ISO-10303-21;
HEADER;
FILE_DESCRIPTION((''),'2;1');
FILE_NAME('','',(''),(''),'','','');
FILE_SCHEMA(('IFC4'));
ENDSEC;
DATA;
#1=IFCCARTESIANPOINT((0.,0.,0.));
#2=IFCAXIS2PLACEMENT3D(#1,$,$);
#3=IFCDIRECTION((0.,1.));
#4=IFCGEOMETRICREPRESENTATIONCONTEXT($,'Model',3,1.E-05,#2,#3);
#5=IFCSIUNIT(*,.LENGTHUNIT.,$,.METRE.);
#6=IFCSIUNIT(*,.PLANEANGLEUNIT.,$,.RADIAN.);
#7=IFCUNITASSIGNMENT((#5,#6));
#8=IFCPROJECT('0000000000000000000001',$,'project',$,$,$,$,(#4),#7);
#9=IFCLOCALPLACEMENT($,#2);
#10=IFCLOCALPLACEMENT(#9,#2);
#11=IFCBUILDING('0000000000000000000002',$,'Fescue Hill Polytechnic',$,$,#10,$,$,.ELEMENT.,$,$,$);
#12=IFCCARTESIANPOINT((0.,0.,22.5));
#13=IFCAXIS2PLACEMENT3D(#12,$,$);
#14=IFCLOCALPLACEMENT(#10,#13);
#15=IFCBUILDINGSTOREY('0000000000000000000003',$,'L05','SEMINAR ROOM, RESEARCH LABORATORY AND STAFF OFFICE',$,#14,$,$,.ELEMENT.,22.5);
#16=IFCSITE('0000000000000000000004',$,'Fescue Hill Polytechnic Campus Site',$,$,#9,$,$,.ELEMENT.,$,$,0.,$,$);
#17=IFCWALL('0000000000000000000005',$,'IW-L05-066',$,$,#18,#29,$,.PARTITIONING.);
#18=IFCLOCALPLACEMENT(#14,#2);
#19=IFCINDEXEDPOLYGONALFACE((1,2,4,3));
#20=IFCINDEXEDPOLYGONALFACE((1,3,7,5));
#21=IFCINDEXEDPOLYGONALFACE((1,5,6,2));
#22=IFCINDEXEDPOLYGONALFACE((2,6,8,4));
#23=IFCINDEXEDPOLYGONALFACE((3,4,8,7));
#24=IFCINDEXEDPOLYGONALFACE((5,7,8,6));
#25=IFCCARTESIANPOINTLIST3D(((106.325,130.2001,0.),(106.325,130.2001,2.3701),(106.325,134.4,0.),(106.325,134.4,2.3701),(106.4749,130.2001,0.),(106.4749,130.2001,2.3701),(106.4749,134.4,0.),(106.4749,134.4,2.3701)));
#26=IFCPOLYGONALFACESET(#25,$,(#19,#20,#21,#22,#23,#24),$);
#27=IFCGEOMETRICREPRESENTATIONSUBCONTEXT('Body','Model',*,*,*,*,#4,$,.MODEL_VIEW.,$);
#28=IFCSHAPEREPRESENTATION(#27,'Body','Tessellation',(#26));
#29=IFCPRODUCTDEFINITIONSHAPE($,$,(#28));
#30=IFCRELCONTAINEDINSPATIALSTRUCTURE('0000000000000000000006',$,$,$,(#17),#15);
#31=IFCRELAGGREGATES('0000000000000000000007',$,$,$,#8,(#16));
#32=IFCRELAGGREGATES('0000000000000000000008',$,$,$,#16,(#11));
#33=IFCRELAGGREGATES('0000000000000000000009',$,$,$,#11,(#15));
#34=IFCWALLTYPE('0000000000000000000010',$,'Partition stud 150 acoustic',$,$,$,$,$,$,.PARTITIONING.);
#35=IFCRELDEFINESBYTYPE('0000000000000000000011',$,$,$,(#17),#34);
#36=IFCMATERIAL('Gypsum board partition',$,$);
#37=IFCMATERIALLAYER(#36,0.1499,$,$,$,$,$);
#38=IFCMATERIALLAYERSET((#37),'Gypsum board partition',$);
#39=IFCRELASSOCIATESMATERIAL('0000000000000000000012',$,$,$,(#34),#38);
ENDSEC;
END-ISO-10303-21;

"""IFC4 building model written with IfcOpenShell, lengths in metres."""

from ifc_helpers import new_model, si_unit, direction, frame, frame_2d, origin, place, context, subcontext, project, spatial, rectangle, extrude, material, layer, layer_set, type_object, element, save


model = new_model("IFC4")

# Units and contexts
model_context = context("Model", 3, precision=1e-05, world=origin(), true_north=direction((0.0, 1.0)))
body_context = subcontext(model_context, "Body", "Model", "MODEL_VIEW")
ifc_project = project(units=[si_unit("LENGTHUNIT", "METRE"), si_unit("PLANEANGLEUNIT", "RADIAN")], contexts=[model_context])

# Site, building, storey
site_placement = place(None, origin())
site = spatial("IfcSite", under=ifc_project, at=site_placement, Name="Fescue Hill Polytechnic Campus Site", CompositionType="ELEMENT", RefElevation=0.0)
building_placement = place(site_placement, origin())
building = spatial("IfcBuilding", under=site, at=building_placement, Name="Fescue Hill Polytechnic", CompositionType="ELEMENT")
storey_placement = place(building_placement, frame((0.0, 0.0, 22.5)))
storey = spatial("IfcBuildingStorey", under=building, at=storey_placement, Name="L05", Description="SEMINAR ROOM, RESEARCH LABORATORY AND STAFF OFFICE", CompositionType="ELEMENT", Elevation=22.5)

# Wall
ifc_material_1 = material(Name="Gypsum board partition")
ifc_layer_1 = layer(ifc_material_1, 0.1499)
ifc_layer_set_1 = layer_set([ifc_layer_1], Name="Gypsum board partition")
wall_type_1 = type_object("IfcWallType", Name="Partition stud 150 acoustic", PredefinedType="PARTITIONING", material=ifc_layer_set_1)
wall_1_placement = place(storey_placement, frame((106.3999, 130.2, 0.0), z_axis=(0.0, 0.0, 1.0), x_axis=(0.0, 1.0, 0.0)))
element("IfcWall", 1, at=wall_1_placement, inside=storey, type_object=wall_type_1, Name="IW-L05-066", PredefinedType="PARTITIONING", context=body_context, shape_type="SweptSolid", body=[
    extrude(rectangle(XDim=4.2, YDim=0.1499, at=frame_2d((2.1001, 0.0))), origin(), (0.0, 0.0, 1.0), 2.3701),
])

save(model, "model.ifc")
